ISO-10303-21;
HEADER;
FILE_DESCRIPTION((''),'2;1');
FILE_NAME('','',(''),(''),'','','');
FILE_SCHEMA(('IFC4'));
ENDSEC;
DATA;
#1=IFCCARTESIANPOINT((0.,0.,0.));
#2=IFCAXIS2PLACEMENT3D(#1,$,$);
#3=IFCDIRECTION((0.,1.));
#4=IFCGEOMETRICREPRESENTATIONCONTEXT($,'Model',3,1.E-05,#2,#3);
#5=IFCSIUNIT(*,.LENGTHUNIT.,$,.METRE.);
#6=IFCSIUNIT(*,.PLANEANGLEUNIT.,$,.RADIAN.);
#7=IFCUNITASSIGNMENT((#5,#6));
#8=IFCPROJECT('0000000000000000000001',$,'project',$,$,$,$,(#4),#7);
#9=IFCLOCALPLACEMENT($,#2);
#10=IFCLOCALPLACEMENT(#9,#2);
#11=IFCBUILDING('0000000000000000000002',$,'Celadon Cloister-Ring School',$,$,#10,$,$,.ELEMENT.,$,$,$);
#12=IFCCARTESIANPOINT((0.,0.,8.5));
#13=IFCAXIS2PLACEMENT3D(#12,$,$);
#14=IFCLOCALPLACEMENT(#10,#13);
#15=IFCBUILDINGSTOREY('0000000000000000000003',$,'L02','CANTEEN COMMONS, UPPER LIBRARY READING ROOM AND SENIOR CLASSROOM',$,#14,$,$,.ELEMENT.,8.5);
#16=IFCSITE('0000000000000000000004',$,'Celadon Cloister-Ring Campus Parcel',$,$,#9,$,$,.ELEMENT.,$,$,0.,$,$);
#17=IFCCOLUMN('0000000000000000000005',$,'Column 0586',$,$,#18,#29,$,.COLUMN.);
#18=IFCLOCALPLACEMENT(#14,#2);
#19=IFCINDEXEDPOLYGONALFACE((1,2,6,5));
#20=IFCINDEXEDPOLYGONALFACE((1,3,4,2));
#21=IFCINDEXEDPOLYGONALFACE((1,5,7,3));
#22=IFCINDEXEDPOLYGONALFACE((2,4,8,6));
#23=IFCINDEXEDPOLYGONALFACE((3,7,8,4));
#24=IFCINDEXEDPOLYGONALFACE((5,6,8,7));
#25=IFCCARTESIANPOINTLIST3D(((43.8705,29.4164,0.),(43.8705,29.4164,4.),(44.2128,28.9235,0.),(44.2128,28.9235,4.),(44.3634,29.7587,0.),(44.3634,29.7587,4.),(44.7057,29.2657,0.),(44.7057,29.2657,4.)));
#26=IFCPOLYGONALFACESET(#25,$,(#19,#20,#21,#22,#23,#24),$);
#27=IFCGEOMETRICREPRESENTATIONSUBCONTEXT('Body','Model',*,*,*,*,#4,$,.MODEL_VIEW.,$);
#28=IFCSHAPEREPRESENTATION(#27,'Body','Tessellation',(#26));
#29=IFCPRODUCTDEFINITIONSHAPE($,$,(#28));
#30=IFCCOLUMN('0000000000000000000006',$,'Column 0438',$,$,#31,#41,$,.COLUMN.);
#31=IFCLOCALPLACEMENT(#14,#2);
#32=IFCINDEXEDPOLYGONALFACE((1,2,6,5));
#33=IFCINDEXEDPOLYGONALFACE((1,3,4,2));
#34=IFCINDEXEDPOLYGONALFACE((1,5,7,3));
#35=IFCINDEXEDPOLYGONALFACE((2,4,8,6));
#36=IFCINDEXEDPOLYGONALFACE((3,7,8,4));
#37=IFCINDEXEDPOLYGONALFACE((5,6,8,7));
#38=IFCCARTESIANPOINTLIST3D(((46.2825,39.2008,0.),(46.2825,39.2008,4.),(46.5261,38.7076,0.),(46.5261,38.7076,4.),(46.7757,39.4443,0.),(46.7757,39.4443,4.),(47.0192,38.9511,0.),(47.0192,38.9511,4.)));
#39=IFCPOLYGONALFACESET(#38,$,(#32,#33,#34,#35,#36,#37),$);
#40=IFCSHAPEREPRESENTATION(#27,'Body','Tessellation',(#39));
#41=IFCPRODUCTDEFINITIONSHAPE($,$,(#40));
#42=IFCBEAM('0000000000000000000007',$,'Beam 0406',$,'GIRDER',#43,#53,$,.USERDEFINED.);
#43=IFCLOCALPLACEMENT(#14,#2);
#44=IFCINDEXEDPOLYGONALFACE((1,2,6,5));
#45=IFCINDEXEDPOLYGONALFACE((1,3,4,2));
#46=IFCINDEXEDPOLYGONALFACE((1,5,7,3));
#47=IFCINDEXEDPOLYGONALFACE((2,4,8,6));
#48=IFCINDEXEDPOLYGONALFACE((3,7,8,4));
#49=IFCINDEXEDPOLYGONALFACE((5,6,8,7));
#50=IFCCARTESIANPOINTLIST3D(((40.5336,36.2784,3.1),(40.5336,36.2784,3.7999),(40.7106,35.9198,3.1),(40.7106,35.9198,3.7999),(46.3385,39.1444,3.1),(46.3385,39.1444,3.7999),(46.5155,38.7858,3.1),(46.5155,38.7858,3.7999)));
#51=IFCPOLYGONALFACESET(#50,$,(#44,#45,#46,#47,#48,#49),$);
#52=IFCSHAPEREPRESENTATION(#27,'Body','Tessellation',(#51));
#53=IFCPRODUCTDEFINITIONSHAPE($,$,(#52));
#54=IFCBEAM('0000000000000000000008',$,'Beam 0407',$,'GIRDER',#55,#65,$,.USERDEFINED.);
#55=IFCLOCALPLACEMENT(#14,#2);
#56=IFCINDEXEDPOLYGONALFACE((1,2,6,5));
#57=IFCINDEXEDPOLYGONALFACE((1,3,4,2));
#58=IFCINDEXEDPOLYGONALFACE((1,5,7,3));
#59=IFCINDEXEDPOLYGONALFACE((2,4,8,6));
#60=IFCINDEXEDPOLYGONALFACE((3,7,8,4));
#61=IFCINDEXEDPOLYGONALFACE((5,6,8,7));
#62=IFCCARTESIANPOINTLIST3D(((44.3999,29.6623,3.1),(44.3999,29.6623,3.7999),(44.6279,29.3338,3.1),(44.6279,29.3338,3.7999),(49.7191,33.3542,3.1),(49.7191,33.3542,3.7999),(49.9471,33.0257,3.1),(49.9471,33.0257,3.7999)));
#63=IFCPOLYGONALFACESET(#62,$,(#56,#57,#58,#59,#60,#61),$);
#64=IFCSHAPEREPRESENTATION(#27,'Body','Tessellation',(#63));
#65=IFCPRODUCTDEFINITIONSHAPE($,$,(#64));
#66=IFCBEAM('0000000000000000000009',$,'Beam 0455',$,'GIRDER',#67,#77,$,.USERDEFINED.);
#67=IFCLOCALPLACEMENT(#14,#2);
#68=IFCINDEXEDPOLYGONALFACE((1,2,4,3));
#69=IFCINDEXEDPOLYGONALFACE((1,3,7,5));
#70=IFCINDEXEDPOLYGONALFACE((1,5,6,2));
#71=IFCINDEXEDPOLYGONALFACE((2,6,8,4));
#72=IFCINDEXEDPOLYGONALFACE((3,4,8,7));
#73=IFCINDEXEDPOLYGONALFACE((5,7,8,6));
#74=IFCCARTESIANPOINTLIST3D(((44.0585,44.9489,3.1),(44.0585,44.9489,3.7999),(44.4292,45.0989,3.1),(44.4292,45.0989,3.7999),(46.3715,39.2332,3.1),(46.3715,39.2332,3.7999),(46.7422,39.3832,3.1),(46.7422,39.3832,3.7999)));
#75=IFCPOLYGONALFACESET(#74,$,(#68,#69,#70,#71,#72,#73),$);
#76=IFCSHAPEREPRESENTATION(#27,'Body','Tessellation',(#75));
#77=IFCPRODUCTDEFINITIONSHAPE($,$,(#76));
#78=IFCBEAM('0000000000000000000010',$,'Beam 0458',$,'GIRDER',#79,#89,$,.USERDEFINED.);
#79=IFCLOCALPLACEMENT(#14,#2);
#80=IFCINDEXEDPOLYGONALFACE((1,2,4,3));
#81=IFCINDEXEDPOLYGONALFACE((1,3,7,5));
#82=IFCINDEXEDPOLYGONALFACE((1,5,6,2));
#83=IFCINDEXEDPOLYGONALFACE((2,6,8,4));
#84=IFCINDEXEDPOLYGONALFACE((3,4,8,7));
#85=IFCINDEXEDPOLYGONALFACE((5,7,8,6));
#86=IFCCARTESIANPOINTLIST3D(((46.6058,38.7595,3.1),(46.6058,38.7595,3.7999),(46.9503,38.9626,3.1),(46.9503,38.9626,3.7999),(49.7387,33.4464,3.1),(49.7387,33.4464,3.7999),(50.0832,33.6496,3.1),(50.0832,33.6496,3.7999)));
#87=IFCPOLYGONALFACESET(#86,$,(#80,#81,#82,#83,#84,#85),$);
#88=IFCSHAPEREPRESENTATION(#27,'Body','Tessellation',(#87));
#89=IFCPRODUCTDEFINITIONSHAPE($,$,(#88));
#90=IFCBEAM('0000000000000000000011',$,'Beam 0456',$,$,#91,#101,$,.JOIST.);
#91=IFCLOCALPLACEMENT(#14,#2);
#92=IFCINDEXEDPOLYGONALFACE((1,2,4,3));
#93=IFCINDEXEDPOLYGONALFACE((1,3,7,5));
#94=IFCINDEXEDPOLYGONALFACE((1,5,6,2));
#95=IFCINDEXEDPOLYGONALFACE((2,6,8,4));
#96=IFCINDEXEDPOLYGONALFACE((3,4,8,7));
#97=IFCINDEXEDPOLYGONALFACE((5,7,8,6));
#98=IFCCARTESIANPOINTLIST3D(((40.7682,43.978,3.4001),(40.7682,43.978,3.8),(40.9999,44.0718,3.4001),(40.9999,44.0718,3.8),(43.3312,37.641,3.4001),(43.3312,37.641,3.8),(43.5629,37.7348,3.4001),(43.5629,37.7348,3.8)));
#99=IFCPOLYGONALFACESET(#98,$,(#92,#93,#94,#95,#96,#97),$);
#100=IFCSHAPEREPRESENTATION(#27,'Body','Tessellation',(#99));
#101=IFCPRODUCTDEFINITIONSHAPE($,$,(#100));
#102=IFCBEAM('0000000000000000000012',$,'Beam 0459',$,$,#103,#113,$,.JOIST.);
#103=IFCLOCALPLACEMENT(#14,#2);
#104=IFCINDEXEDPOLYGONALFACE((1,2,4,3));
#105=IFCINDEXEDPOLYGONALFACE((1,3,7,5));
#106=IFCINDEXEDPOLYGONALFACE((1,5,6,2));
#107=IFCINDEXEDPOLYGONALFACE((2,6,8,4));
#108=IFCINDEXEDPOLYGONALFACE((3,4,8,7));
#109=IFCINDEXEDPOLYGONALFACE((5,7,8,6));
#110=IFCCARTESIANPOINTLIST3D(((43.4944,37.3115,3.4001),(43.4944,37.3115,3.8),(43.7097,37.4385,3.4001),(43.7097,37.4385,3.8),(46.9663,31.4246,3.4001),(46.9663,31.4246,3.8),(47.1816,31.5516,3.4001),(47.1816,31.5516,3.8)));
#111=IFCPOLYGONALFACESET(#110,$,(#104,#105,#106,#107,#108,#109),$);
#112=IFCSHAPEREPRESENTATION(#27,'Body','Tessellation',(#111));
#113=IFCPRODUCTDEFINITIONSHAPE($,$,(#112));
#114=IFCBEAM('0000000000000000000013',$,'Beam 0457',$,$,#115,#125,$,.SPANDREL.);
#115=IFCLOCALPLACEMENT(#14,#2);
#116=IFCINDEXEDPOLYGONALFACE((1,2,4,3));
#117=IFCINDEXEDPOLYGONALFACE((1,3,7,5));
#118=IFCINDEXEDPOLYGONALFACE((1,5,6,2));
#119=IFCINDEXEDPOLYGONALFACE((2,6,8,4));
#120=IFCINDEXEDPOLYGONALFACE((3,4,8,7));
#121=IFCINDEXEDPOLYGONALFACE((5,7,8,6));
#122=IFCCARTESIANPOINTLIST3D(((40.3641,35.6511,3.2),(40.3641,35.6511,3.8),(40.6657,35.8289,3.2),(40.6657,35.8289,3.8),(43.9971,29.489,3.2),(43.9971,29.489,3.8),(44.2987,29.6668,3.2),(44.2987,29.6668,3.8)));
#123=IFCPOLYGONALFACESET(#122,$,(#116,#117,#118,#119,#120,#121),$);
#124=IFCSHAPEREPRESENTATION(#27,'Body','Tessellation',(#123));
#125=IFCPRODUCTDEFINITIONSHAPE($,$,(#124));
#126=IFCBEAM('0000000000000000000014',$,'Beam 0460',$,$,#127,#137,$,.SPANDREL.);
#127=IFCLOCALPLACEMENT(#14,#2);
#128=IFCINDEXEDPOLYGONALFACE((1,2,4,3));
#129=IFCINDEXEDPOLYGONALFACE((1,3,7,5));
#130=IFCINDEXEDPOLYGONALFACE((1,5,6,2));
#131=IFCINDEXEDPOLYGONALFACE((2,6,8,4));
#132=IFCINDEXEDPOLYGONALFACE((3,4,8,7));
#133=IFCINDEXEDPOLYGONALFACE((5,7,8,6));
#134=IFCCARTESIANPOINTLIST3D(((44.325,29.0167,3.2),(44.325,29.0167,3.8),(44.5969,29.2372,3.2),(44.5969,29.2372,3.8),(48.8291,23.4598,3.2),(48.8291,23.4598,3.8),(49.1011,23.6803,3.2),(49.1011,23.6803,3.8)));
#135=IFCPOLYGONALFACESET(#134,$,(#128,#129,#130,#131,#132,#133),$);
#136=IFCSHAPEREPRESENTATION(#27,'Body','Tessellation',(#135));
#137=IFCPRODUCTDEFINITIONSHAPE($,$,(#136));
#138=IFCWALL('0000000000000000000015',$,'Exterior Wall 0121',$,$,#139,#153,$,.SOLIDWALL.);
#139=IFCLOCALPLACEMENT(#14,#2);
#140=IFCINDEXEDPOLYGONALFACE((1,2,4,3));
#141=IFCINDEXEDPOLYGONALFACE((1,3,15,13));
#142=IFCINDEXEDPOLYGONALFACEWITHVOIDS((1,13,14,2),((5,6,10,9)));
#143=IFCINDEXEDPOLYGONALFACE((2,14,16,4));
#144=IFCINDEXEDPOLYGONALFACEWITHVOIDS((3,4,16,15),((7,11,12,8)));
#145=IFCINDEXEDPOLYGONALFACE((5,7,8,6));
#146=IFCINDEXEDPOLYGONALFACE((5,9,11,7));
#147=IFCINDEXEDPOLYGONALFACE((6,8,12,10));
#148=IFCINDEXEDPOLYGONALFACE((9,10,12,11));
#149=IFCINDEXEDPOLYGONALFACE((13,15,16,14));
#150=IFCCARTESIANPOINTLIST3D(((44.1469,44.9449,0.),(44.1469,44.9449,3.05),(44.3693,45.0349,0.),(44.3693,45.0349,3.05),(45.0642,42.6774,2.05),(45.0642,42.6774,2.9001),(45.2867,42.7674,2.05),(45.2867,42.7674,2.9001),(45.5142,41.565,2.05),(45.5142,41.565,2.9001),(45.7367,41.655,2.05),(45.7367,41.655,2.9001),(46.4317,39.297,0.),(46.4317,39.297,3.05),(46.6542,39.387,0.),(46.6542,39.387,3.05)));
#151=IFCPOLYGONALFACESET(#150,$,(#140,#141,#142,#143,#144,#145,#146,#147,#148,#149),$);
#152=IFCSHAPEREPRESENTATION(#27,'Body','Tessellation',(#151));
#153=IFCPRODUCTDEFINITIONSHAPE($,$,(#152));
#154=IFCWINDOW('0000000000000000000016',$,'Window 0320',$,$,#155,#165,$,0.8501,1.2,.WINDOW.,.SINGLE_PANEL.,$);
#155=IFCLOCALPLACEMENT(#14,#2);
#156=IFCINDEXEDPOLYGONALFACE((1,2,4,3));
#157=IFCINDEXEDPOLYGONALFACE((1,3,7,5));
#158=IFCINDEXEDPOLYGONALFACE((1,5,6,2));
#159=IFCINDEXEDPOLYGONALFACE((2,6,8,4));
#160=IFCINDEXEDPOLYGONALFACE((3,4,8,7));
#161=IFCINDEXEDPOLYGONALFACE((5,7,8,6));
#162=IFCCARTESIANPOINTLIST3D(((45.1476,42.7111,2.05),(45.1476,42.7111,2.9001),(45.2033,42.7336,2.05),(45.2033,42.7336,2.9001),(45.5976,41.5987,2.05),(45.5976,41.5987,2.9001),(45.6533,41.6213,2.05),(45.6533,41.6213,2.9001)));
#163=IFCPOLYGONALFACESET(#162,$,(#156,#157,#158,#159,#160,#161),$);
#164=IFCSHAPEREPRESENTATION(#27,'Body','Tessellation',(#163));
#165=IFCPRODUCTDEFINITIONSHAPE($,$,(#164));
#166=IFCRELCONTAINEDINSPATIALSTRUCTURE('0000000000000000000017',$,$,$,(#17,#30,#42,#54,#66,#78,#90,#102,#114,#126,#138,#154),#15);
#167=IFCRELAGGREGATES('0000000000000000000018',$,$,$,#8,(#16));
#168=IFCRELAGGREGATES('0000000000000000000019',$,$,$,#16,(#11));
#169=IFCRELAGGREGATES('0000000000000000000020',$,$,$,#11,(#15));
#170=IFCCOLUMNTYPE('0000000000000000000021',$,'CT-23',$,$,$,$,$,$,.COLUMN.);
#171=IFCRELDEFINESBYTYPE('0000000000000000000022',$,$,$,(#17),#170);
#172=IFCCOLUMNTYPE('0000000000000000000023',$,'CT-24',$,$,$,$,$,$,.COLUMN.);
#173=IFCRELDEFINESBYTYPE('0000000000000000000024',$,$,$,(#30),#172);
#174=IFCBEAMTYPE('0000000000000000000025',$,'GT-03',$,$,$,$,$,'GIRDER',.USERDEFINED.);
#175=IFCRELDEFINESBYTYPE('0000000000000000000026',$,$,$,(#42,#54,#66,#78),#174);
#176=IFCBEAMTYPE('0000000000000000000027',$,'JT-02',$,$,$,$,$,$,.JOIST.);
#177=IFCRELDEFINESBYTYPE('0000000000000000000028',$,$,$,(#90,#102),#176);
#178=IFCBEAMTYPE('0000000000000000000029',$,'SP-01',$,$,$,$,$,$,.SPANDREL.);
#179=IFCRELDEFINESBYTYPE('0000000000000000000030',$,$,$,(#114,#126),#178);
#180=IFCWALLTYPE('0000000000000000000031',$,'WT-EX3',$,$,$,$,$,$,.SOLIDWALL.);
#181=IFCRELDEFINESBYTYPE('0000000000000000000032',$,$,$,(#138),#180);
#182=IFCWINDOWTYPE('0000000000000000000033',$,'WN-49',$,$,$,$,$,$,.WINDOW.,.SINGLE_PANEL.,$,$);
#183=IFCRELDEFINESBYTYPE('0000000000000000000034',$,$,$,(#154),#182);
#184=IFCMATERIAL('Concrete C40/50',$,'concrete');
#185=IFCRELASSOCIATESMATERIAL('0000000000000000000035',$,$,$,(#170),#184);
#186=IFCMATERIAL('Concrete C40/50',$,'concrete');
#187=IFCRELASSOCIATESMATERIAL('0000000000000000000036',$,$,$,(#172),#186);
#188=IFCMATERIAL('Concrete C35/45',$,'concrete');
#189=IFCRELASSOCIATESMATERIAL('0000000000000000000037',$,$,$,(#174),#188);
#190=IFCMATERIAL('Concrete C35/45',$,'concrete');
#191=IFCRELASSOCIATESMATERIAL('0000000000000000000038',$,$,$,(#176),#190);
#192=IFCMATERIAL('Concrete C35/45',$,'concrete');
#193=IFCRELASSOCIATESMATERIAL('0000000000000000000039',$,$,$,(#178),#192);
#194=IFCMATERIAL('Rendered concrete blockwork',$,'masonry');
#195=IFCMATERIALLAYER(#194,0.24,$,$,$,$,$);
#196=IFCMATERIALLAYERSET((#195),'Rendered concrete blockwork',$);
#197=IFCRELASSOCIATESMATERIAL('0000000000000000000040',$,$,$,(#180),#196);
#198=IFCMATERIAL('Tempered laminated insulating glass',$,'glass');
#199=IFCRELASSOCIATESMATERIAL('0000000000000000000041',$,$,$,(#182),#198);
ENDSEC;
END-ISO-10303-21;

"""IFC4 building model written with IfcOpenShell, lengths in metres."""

from ifc_helpers import new_model, si_unit, direction, frame, frame_2d, origin, origin_2d, place, context, subcontext, project, spatial, rectangle, extrude, material, layer, layer_set, material_profile, profile_set, type_object, element, fill, save


model = new_model("IFC4")

# Units and contexts
model_context = context("Model", 3, precision=1e-05, world=origin(), true_north=direction((0.0, 1.0)))
body_context = subcontext(model_context, "Body", "Model", "MODEL_VIEW")
ifc_project = project(units=[si_unit("LENGTHUNIT", "METRE"), si_unit("PLANEANGLEUNIT", "RADIAN")], contexts=[model_context])

# Site, building, storey
site_placement = place(None, origin())
site = spatial("IfcSite", under=ifc_project, at=site_placement, Name="Celadon Cloister-Ring Campus Parcel", CompositionType="ELEMENT", RefElevation=0.0)
building_placement = place(site_placement, origin())
building = spatial("IfcBuilding", under=site, at=building_placement, Name="Celadon Cloister-Ring School", CompositionType="ELEMENT")
storey_placement = place(building_placement, frame((0.0, 0.0, 8.5)))
storey = spatial("IfcBuildingStorey", under=building, at=storey_placement, Name="L02", Description="CANTEEN COMMONS, UPPER LIBRARY READING ROOM AND SENIOR CLASSROOM", CompositionType="ELEMENT", Elevation=8.5)

# Columns
ifc_material_1 = material(Name="Concrete C40/50", Category="concrete")
ifc_material_profile_1 = material_profile(ifc_material_1, rectangle(XDim=0.6001, YDim=0.6001, at=origin_2d()), Name="RC600X600")
ifc_profile_set_1 = profile_set([ifc_material_profile_1], Name="Concrete C40/50")
column_type_1 = type_object("IfcColumnType", Name="CT-23", PredefinedType="COLUMN", material=ifc_profile_set_1)
column_1_placement = place(storey_placement, frame((44.2881, 29.3411, 0.0), z_axis=(0.0, 0.0, 1.0), x_axis=(-0.821388, -0.57037, 0.0)))
element("IfcColumn", 1, at=column_1_placement, inside=storey, type_object=column_type_1, Name="Column 0586", PredefinedType="COLUMN", context=body_context, shape_type="SweptSolid", body=[
    extrude(rectangle(XDim=0.6001, YDim=0.6001, at=origin_2d()), origin(), (0.0, 0.0, 1.0), 4.0),
])
ifc_material_2 = material(Name="Concrete C40/50", Category="concrete")
ifc_material_profile_2 = material_profile(ifc_material_2, rectangle(XDim=0.55, YDim=0.55, at=origin_2d()), Name="RC550X550")
ifc_profile_set_2 = profile_set([ifc_material_profile_2], Name="Concrete C40/50")
column_type_2 = type_object("IfcColumnType", Name="CT-24", PredefinedType="COLUMN", material=ifc_profile_set_2)
column_2_placement = place(storey_placement, frame((46.6509, 39.0759, 0.0), z_axis=(0.0, 0.0, 1.0), x_axis=(-0.896641, -0.442758, 0.0)))
element("IfcColumn", 2, at=column_2_placement, inside=storey, type_object=column_type_2, Name="Column 0438", PredefinedType="COLUMN", context=body_context, shape_type="SweptSolid", body=[
    extrude(rectangle(XDim=0.55, YDim=0.55, at=origin_2d()), origin(), (0.0, 0.0, 1.0), 4.0),
])

# Beams
ifc_material_3 = material(Name="Concrete C35/45", Category="concrete")
ifc_material_profile_3 = material_profile(ifc_material_3, rectangle(XDim=0.3999, YDim=0.7, at=origin_2d()), Name="RC400X700")
ifc_profile_set_3 = profile_set([ifc_material_profile_3], Name="Concrete C35/45")
beam_type_1 = type_object("IfcBeamType", Name="GT-03", ElementType="GIRDER", PredefinedType="USERDEFINED", material=ifc_profile_set_3)
beam_1_placement = place(storey_placement, frame((40.6221, 36.0991, 3.45), z_axis=(0.896671, 0.442698, 0.0), x_axis=(-0.442698, 0.896671, 0.0)))
element("IfcBeam", 3, at=beam_1_placement, inside=storey, type_object=beam_type_1, Name="Beam 0406", ObjectType="GIRDER", PredefinedType="USERDEFINED", context=body_context, shape_type="SweptSolid", body=[
    extrude(rectangle(XDim=0.3999, YDim=0.7, at=origin_2d()), origin(), (0.0, 0.0, 1.0), 6.4739),
])
beam_2_placement = place(storey_placement, frame((44.5139, 29.498, 3.45), z_axis=(0.821509, 0.570196, 0.0), x_axis=(-0.570196, 0.821509, 0.0)))
element("IfcBeam", 4, at=beam_2_placement, inside=storey, type_object=beam_type_1, Name="Beam 0407", ObjectType="GIRDER", PredefinedType="USERDEFINED", context=body_context, shape_type="SweptSolid", body=[
    extrude(rectangle(XDim=0.3999, YDim=0.7, at=origin_2d()), origin(), (0.0, 0.0, 1.0), 6.4749),
])
beam_3_placement = place(storey_placement, frame((44.2439, 45.0239, 3.45), z_axis=(0.375115, -0.926978, 0.0), x_axis=(0.926978, 0.375115, 0.0)))
element("IfcBeam", 5, at=beam_3_placement, inside=storey, type_object=beam_type_1, Name="Beam 0455", ObjectType="GIRDER", PredefinedType="USERDEFINED", context=body_context, shape_type="SweptSolid", body=[
    extrude(rectangle(XDim=0.3999, YDim=0.7, at=origin_2d()), origin(), (0.0, 0.0, 1.0), 6.166),
])
beam_4_placement = place(storey_placement, frame((46.7781, 38.8611, 3.45), z_axis=(0.507926, -0.861401, 0.0), x_axis=(0.861401, 0.507926, 0.0)))
element("IfcBeam", 6, at=beam_4_placement, inside=storey, type_object=beam_type_1, Name="Beam 0458", ObjectType="GIRDER", PredefinedType="USERDEFINED", context=body_context, shape_type="SweptSolid", body=[
    extrude(rectangle(XDim=0.3999, YDim=0.7, at=origin_2d()), origin(), (0.0, 0.0, 1.0), 6.168),
])
ifc_material_4 = material(Name="Concrete C35/45", Category="concrete")
ifc_material_profile_4 = material_profile(ifc_material_4, rectangle(XDim=0.25, YDim=0.3999, at=origin_2d()), Name="RC250X400")
ifc_profile_set_4 = profile_set([ifc_material_profile_4], Name="Concrete C35/45")
beam_type_2 = type_object("IfcBeamType", Name="JT-02", PredefinedType="JOIST", material=ifc_profile_set_4)
beam_5_placement = place(storey_placement, frame((40.884, 44.0249, 3.6001), z_axis=(0.374947, -0.927046, 0.0), x_axis=(0.927046, 0.374947, 0.0)))
element("IfcBeam", 7, at=beam_5_placement, inside=storey, type_object=beam_type_2, Name="Beam 0456", PredefinedType="JOIST", context=body_context, shape_type="SweptSolid", body=[
    extrude(rectangle(XDim=0.25, YDim=0.3999, at=origin_2d()), origin(), (0.0, 0.0, 1.0), 6.8357),
])
beam_6_placement = place(storey_placement, frame((43.6021, 37.375, 3.6001), z_axis=(0.507999, -0.861358, 0.0), x_axis=(0.861358, 0.507999, 0.0)))
element("IfcBeam", 8, at=beam_6_placement, inside=storey, type_object=beam_type_2, Name="Beam 0459", PredefinedType="JOIST", context=body_context, shape_type="SweptSolid", body=[
    extrude(rectangle(XDim=0.25, YDim=0.3999, at=origin_2d()), origin(), (0.0, 0.0, 1.0), 6.8345),
])
ifc_material_5 = material(Name="Concrete C35/45", Category="concrete")
ifc_material_profile_5 = material_profile(ifc_material_5, rectangle(XDim=0.3501, YDim=0.6001, at=origin_2d()), Name="RC350X600")
ifc_profile_set_5 = profile_set([ifc_material_profile_5], Name="Concrete C35/45")
beam_type_3 = type_object("IfcBeamType", Name="SP-01", PredefinedType="SPANDREL", material=ifc_profile_set_5)
beam_7_placement = place(storey_placement, frame((40.5149, 35.74, 3.5), z_axis=(0.50788, -0.861428, 0.0), x_axis=(0.861428, 0.50788, 0.0)))
element("IfcBeam", 9, at=beam_7_placement, inside=storey, type_object=beam_type_3, Name="Beam 0457", PredefinedType="SPANDREL", context=body_context, shape_type="SweptSolid", body=[
    extrude(rectangle(XDim=0.3501, YDim=0.6001, at=origin_2d()), origin(), (0.0, 0.0, 1.0), 7.1533),
])
beam_8_placement = place(storey_placement, frame((44.4609, 29.127, 3.5), z_axis=(0.629681, -0.776854, 0.0), x_axis=(0.776854, 0.629681, 0.0)))
element("IfcBeam", 10, at=beam_8_placement, inside=storey, type_object=beam_type_3, Name="Beam 0460", PredefinedType="SPANDREL", context=body_context, shape_type="SweptSolid", body=[
    extrude(rectangle(XDim=0.3501, YDim=0.6001, at=origin_2d()), origin(), (0.0, 0.0, 1.0), 7.1531),
])

# Wall, opening, window
ifc_material_6 = material(Name="Rendered concrete blockwork", Category="masonry")
ifc_layer_1 = layer(ifc_material_6, 0.24)
ifc_layer_set_1 = layer_set([ifc_layer_1], Name="Rendered concrete blockwork")
wall_type_1 = type_object("IfcWallType", Name="WT-EX3", PredefinedType="SOLIDWALL", material=ifc_layer_set_1)
wall_1_placement = place(storey_placement, frame((44.2581, 44.99, 0.0), z_axis=(0.0, 0.0, 1.0), x_axis=(0.375029, -0.927013, 0.0)))
wall_1 = element("IfcWall", 11, at=wall_1_placement, inside=storey, type_object=wall_type_1, Name="Exterior Wall 0121", PredefinedType="SOLIDWALL", context=body_context, shape_type="SweptSolid", body=[
    extrude(rectangle(XDim=6.0925, YDim=0.24, at=frame_2d((3.0464, 0.0))), origin(), (0.0, 0.0, 1.0), 3.05),
])
opening_1_placement = place(wall_1_placement, frame((2.446, 0.0, 2.05)))
opening_1 = element("IfcOpeningElement", 12, at=opening_1_placement, cuts=wall_1, PredefinedType="OPENING", context=body_context, shape_type="SweptSolid", body=[
    extrude(rectangle(XDim=1.2, YDim=0.8501, at=frame_2d((0.6001, 0.425))), frame((0.0, 0.1299, 0.0), z_axis=(0.0, -1.0, 0.0), x_axis=(1.0, 0.0, 0.0)), (0.0, 0.0, 1.0), 0.26),
])
ifc_material_7 = material(Name="Tempered laminated insulating glass", Category="glass")
window_type_1 = type_object("IfcWindowType", Name="WN-49", PartitioningType="SINGLE_PANEL", PredefinedType="WINDOW", material=ifc_material_7)
window_1_placement = place(opening_1_placement, origin())
window_1 = element("IfcWindow", 13, at=window_1_placement, inside=storey, type_object=window_type_1, Name="Window 0320", OverallHeight=0.8501, OverallWidth=1.2, PartitioningType="SINGLE_PANEL", PredefinedType="WINDOW", context=body_context, shape_type="SweptSolid", body=[
    extrude(rectangle(XDim=1.2, YDim=0.8501, at=frame_2d((0.6001, 0.425))), frame((0.0, 0.03, 0.0), z_axis=(0.0, -1.0, 0.0), x_axis=(1.0, 0.0, 0.0)), (0.0, 0.0, 1.0), 0.0601),
])
fill(opening_1, window_1)

save(model, "model.ifc")
